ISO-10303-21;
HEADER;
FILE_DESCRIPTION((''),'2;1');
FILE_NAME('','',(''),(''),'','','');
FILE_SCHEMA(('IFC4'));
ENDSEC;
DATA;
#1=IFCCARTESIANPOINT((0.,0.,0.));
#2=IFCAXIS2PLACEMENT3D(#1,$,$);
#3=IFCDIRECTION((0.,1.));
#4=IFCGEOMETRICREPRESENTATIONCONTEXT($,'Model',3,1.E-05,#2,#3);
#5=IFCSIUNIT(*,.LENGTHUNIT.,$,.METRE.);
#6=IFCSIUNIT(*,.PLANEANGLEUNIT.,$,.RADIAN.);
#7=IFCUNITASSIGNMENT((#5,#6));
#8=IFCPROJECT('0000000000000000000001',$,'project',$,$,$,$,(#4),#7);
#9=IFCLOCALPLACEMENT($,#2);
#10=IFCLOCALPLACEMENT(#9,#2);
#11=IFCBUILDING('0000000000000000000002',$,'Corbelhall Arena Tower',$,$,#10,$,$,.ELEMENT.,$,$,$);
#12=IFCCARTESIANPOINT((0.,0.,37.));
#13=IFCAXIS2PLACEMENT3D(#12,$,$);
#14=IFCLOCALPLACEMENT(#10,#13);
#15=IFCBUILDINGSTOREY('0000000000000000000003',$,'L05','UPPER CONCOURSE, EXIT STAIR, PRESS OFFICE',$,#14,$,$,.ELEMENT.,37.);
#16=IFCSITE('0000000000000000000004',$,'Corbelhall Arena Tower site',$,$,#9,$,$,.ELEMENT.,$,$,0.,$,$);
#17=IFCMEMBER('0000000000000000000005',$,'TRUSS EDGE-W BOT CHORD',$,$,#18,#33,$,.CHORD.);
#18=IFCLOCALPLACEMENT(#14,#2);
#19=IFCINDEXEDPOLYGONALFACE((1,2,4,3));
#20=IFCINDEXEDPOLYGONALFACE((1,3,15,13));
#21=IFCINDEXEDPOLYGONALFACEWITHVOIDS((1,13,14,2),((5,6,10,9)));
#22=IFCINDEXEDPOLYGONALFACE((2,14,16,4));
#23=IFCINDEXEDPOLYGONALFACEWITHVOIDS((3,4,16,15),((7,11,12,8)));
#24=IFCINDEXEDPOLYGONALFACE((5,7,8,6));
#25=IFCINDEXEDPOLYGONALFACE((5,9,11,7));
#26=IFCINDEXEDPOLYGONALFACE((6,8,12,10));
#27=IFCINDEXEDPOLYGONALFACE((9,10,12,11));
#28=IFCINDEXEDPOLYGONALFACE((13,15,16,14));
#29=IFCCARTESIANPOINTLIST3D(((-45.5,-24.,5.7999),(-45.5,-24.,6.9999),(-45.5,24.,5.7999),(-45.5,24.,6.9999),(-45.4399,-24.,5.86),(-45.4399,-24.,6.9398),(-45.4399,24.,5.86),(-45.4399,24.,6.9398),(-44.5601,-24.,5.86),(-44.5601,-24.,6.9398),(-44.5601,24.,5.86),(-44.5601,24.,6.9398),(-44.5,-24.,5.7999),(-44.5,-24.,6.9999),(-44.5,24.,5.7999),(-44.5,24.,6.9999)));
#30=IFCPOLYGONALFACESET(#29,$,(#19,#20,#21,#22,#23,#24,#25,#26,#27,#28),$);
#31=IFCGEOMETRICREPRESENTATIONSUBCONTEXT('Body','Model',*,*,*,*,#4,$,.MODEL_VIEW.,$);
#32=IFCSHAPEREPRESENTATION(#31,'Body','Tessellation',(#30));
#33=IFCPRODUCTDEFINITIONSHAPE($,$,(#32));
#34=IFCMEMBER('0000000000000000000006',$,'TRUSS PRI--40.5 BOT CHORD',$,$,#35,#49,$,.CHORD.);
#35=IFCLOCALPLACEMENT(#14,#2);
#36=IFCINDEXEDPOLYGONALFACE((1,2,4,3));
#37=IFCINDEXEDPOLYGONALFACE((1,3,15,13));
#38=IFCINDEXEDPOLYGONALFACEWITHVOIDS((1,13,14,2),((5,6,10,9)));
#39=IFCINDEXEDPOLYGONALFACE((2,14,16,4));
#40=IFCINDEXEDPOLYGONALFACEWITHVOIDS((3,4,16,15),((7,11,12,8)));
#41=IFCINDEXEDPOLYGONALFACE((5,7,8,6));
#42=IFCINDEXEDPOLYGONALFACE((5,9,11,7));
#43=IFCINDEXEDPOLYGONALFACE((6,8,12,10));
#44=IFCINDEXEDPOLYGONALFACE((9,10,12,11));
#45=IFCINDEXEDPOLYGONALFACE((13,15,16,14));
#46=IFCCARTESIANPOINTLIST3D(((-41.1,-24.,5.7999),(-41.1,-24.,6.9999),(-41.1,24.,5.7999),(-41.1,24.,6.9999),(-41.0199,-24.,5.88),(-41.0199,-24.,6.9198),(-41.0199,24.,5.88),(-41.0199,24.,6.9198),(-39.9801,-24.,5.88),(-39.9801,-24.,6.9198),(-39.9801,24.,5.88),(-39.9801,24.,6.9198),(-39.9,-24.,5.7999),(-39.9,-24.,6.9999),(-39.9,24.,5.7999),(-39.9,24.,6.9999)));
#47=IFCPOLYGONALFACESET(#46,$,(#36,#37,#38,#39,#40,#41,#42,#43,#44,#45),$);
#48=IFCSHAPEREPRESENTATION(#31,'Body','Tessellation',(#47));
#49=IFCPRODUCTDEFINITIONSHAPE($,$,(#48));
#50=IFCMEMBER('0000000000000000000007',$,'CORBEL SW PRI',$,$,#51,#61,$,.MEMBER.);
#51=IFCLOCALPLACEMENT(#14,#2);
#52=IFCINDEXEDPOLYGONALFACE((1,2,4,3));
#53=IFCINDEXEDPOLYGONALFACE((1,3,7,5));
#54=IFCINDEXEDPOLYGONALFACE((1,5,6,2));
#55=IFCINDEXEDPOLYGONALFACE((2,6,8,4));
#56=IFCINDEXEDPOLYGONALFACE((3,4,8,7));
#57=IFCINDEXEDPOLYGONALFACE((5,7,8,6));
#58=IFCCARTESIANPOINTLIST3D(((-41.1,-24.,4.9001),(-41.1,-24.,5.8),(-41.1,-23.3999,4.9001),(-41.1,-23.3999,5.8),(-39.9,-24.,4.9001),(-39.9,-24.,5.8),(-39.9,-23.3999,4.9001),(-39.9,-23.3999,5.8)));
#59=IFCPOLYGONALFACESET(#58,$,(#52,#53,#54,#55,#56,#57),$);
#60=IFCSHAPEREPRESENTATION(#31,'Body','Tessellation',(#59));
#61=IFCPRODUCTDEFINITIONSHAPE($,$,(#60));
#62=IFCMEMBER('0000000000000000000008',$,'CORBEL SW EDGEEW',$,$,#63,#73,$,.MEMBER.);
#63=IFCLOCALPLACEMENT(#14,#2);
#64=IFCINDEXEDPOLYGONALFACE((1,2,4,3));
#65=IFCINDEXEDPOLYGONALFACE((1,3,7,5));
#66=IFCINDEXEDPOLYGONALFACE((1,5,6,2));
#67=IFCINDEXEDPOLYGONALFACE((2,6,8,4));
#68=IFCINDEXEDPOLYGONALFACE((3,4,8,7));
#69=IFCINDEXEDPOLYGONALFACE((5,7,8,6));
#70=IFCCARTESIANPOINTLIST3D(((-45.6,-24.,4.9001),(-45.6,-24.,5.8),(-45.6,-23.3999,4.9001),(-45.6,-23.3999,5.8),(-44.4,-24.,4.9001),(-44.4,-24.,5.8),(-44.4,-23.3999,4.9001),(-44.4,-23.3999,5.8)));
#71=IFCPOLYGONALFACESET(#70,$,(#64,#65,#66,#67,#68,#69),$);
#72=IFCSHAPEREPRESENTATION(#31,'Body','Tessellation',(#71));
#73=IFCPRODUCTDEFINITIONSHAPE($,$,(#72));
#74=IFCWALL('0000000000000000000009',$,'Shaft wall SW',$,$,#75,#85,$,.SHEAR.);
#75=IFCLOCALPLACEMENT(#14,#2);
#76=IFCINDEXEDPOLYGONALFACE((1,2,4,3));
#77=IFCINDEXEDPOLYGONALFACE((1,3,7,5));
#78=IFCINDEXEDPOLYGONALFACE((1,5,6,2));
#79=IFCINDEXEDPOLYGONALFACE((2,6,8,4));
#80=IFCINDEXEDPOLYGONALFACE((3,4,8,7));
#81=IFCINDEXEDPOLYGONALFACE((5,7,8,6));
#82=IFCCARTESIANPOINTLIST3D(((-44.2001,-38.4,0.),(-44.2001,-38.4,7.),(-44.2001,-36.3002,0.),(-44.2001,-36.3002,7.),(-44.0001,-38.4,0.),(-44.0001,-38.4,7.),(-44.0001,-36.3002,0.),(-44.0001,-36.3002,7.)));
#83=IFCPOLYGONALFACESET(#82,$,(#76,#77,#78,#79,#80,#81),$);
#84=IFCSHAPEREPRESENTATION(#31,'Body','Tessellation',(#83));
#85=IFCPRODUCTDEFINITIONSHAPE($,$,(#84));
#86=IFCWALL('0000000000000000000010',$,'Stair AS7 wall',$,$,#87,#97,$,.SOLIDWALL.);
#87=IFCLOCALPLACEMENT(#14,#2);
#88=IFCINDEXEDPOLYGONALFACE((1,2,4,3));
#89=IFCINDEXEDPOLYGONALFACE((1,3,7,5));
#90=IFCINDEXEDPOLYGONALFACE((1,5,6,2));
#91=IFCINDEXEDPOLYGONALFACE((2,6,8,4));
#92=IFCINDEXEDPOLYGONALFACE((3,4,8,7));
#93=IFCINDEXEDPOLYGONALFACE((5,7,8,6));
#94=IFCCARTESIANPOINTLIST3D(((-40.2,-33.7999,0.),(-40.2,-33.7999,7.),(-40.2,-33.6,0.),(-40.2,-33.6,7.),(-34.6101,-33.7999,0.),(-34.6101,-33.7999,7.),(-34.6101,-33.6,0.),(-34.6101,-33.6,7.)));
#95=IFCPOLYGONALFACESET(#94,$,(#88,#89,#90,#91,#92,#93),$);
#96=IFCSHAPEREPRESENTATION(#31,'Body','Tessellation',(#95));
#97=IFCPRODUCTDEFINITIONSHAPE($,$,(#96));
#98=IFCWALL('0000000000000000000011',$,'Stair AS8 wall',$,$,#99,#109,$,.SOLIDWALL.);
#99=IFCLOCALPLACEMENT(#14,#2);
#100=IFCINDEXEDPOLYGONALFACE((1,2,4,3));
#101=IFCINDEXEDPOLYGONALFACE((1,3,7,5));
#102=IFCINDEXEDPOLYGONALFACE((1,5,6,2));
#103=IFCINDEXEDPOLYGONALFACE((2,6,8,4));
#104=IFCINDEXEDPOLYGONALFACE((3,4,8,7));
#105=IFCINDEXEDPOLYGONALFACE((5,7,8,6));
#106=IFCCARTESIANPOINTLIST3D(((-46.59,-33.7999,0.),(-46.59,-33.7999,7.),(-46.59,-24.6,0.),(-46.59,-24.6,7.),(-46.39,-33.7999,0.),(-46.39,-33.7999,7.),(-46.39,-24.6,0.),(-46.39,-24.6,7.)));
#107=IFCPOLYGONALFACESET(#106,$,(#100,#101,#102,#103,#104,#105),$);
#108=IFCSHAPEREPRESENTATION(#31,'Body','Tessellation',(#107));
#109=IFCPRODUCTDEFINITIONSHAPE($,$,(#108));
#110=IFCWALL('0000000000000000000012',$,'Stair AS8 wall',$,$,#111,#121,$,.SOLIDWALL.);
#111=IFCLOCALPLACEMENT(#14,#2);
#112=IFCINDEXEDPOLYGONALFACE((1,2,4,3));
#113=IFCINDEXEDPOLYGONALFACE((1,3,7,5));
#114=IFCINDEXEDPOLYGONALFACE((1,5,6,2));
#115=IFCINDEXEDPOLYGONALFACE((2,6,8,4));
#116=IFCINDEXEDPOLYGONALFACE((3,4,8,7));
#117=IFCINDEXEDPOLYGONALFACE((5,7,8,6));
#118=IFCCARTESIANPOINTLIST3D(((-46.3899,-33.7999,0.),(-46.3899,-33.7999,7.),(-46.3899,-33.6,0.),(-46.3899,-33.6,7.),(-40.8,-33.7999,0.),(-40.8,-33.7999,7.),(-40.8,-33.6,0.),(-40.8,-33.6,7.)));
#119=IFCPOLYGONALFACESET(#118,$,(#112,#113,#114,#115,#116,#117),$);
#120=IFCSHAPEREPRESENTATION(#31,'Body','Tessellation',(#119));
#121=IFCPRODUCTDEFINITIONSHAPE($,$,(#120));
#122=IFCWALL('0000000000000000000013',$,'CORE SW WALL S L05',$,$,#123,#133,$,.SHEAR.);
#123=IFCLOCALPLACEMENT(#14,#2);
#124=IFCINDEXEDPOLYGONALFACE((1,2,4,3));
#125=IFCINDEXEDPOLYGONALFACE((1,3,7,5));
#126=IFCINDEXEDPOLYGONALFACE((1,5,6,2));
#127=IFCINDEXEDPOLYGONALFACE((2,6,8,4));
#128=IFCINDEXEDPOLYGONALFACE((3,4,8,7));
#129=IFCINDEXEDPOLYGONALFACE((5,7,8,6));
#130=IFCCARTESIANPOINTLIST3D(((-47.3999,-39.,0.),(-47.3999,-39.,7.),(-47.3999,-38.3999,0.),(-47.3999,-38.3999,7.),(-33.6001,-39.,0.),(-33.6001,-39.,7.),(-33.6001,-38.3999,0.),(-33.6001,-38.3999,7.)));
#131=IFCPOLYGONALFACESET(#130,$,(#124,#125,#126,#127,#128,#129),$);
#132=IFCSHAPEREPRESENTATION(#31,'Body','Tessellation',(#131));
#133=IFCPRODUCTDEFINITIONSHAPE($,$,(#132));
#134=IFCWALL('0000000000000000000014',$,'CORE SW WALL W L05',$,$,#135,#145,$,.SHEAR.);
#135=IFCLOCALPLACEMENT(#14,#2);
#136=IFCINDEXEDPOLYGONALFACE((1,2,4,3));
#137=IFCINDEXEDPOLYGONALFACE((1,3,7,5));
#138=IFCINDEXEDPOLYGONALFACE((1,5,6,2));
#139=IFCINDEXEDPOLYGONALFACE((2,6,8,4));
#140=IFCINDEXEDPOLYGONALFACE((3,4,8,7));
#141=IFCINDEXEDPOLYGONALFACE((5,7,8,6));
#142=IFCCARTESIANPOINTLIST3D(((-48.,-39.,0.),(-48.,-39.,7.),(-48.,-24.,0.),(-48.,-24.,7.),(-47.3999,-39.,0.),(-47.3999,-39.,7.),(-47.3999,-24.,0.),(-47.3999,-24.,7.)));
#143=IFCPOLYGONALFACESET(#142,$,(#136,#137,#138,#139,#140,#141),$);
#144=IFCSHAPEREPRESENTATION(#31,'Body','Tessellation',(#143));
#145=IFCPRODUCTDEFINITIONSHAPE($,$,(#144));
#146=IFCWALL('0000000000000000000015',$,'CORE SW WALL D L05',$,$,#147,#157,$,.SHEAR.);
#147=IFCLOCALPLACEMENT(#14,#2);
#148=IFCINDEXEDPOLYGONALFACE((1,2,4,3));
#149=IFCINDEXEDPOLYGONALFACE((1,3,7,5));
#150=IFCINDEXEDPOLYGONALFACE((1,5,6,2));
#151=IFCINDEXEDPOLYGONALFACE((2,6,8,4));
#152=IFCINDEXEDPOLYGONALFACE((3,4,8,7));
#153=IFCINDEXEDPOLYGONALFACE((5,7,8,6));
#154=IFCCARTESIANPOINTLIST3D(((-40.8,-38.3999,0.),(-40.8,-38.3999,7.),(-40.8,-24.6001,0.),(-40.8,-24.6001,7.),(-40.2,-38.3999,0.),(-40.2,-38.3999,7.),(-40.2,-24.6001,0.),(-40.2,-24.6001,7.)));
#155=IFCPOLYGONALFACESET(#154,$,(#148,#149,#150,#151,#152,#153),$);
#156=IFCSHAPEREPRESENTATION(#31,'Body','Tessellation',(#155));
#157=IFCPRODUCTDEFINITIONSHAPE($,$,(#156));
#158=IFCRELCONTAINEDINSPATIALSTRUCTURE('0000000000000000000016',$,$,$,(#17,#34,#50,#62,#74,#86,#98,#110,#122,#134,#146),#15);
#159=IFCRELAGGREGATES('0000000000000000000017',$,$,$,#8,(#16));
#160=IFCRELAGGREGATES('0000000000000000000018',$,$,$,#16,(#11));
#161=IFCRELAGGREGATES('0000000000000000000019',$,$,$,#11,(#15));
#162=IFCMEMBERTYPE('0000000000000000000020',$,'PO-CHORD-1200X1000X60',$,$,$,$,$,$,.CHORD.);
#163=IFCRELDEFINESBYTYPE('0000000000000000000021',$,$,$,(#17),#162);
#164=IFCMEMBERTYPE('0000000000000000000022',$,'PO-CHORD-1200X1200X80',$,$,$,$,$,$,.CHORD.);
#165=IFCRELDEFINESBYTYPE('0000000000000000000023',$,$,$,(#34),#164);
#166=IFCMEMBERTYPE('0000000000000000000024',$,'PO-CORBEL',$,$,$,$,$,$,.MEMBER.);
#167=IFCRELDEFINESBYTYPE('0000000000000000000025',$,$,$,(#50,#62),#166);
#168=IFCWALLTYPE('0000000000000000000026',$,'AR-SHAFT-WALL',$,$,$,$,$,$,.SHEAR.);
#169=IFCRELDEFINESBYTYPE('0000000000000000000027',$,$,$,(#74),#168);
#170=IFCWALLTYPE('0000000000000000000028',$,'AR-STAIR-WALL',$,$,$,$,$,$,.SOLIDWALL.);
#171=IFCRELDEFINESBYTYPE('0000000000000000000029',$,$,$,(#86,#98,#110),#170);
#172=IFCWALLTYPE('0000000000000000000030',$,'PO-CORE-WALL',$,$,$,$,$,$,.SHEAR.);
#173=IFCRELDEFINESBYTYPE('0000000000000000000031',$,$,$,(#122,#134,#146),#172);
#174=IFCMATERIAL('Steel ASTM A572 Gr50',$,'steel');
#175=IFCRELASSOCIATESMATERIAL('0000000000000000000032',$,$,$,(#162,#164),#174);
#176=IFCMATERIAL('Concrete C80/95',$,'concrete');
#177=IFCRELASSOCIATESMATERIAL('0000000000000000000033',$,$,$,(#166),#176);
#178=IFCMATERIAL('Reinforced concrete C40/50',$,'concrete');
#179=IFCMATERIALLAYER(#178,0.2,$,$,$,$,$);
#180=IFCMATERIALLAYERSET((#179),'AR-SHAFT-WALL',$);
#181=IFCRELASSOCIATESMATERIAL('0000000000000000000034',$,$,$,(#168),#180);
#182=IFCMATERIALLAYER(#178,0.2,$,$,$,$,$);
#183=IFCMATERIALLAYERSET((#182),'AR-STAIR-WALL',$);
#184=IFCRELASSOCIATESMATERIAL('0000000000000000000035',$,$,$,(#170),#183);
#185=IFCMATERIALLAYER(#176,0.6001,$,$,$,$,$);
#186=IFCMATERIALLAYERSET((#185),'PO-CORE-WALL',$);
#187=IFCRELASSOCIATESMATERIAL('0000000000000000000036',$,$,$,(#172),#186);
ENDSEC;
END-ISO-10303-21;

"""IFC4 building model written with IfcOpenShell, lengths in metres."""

from ifc_helpers import new_model, si_unit, direction, frame, frame_2d, origin, origin_2d, place, context, subcontext, project, spatial, rectangle, hollow_rectangle, extrude, material, layer, layer_set, material_profile, profile_set, type_object, element, save


model = new_model("IFC4")

# Units and contexts
model_context = context("Model", 3, precision=1e-05, world=origin(), true_north=direction((0.0, 1.0)))
body_context = subcontext(model_context, "Body", "Model", "MODEL_VIEW")
ifc_project = project(units=[si_unit("LENGTHUNIT", "METRE"), si_unit("PLANEANGLEUNIT", "RADIAN")], contexts=[model_context])

# Site, building, storey
site_placement = place(None, origin())
site = spatial("IfcSite", under=ifc_project, at=site_placement, Name="Corbelhall Arena Tower site", CompositionType="ELEMENT", RefElevation=0.0)
building_placement = place(site_placement, origin())
building = spatial("IfcBuilding", under=site, at=building_placement, Name="Corbelhall Arena Tower", CompositionType="ELEMENT")
storey_placement = place(building_placement, frame((0.0, 0.0, 37.0)))
storey = spatial("IfcBuildingStorey", under=building, at=storey_placement, Name="L05", Description="UPPER CONCOURSE, EXIT STAIR, PRESS OFFICE", CompositionType="ELEMENT", Elevation=37.0)

# Members
ifc_material_1 = material(Name="Steel ASTM A572 Gr50", Category="steel")
ifc_material_profile_1 = material_profile(ifc_material_1, hollow_rectangle(XDim=1.0, YDim=1.2, WallThickness=0.0601, at=origin_2d()))
ifc_profile_set_1 = profile_set([ifc_material_profile_1], Name="Steel ASTM A572 Gr50")
member_type_1 = type_object("IfcMemberType", Name="PO-CHORD-1200X1000X60", PredefinedType="CHORD", material=ifc_profile_set_1)
member_1_placement = place(storey_placement, frame((-45.0, -24.0, 6.3999), z_axis=(0.0, 1.0, 0.0), x_axis=(-1.0, 0.0, 0.0)))
element("IfcMember", 1, at=member_1_placement, inside=storey, type_object=member_type_1, Name="TRUSS EDGE-W BOT CHORD", PredefinedType="CHORD", context=body_context, shape_type="SweptSolid", body=[
    extrude(hollow_rectangle(XDim=1.0, YDim=1.2, WallThickness=0.0601, at=origin_2d()), origin(), (0.0, 0.0, 1.0), 48.0),
])
ifc_material_profile_2 = material_profile(ifc_material_1, hollow_rectangle(XDim=1.2, YDim=1.2, WallThickness=0.0801, at=origin_2d()))
ifc_profile_set_2 = profile_set([ifc_material_profile_2], Name="Steel ASTM A572 Gr50")
member_type_2 = type_object("IfcMemberType", Name="PO-CHORD-1200X1200X80", PredefinedType="CHORD", material=ifc_profile_set_2)
member_2_placement = place(storey_placement, frame((-40.5, -24.0, 6.3999), z_axis=(0.0, 1.0, 0.0), x_axis=(-1.0, 0.0, 0.0)))
element("IfcMember", 2, at=member_2_placement, inside=storey, type_object=member_type_2, Name="TRUSS PRI--40.5 BOT CHORD", PredefinedType="CHORD", context=body_context, shape_type="SweptSolid", body=[
    extrude(hollow_rectangle(XDim=1.2, YDim=1.2, WallThickness=0.0801, at=origin_2d()), origin(), (0.0, 0.0, 1.0), 48.0),
])
ifc_material_2 = material(Name="Concrete C80/95", Category="concrete")
ifc_material_profile_3 = material_profile(ifc_material_2, rectangle(XDim=1.2, YDim=0.8999, at=origin_2d()))
ifc_profile_set_3 = profile_set([ifc_material_profile_3], Name="Concrete C80/95")
member_type_3 = type_object("IfcMemberType", Name="PO-CORBEL", PredefinedType="MEMBER", material=ifc_profile_set_3)
for number, where, z_axis, x_axis, name in (
    (3, (-40.5, -24.0, 5.3501), (0.0, 1.0, 0.0), (-1.0, 0.0, 0.0), "CORBEL SW PRI"),
    (4, (-45.0, -24.0, 5.3501), (0.0, 1.0, 0.0), (-1.0, 0.0, 0.0), "CORBEL SW EDGEEW"),
):
    element("IfcMember", number, at=place(storey_placement, frame(where, z_axis=z_axis, x_axis=x_axis)), inside=storey, type_object=member_type_3, Name=name, PredefinedType="MEMBER", context=body_context, shape_type="SweptSolid", body=[
        extrude(rectangle(XDim=1.2, YDim=0.8999, at=origin_2d()), origin(), (0.0, 0.0, 1.0), 0.6001),
    ])

# Shared definitions
ifc_material_3 = material(Name="Reinforced concrete C40/50", Category="concrete")
ifc_layer_1 = layer(ifc_material_3, 0.2)
ifc_layer_set_1 = layer_set([ifc_layer_1], Name="AR-SHAFT-WALL")
wall_type_1 = type_object("IfcWallType", Name="AR-SHAFT-WALL", PredefinedType="SHEAR", material=ifc_layer_set_1)

# Walls
wall_1_placement = place(storey_placement, frame((-44.1001, -38.3999, 0.0), z_axis=(0.0, 0.0, 1.0), x_axis=(0.0, 1.0, 0.0)))
element("IfcWall", 5, at=wall_1_placement, inside=storey, type_object=wall_type_1, Name="Shaft wall SW", PredefinedType="SHEAR", context=body_context, shape_type="SweptSolid", body=[
    extrude(rectangle(XDim=2.0999, YDim=0.2, at=frame_2d((1.0498, 0.0))), origin(), (0.0, 0.0, 1.0), 7.0),
])
ifc_layer_2 = layer(ifc_material_3, 0.2)
ifc_layer_set_2 = layer_set([ifc_layer_2], Name="AR-STAIR-WALL")
wall_type_2 = type_object("IfcWallType", Name="AR-STAIR-WALL", PredefinedType="SOLIDWALL", material=ifc_layer_set_2)
wall_2_placement = place(storey_placement, frame((-40.2, -33.7, 0.0), z_axis=(0.0, 0.0, 1.0), x_axis=(1.0, 0.0, 0.0)))
element("IfcWall", 6, at=wall_2_placement, inside=storey, type_object=wall_type_2, Name="Stair AS7 wall", PredefinedType="SOLIDWALL", context=body_context, shape_type="SweptSolid", body=[
    extrude(rectangle(XDim=5.5898, YDim=0.2, at=frame_2d((2.7949, 0.0))), origin(), (0.0, 0.0, 1.0), 7.0),
])
wall_3_placement = place(storey_placement, frame((-46.49, -33.8, 0.0), z_axis=(0.0, 0.0, 1.0), x_axis=(0.0, 1.0, 0.0)))
element("IfcWall", 7, at=wall_3_placement, inside=storey, type_object=wall_type_2, Name="Stair AS8 wall", PredefinedType="SOLIDWALL", context=body_context, shape_type="SweptSolid", body=[
    extrude(rectangle(XDim=9.2, YDim=0.2, at=frame_2d((4.6001, 0.0))), origin(), (0.0, 0.0, 1.0), 7.0),
])
wall_4_placement = place(storey_placement, frame((-46.3899, -33.7, 0.0), z_axis=(0.0, 0.0, 1.0), x_axis=(1.0, 0.0, 0.0)))
element("IfcWall", 8, at=wall_4_placement, inside=storey, type_object=wall_type_2, Name="Stair AS8 wall", PredefinedType="SOLIDWALL", context=body_context, shape_type="SweptSolid", body=[
    extrude(rectangle(XDim=5.5898, YDim=0.2, at=frame_2d((2.7949, 0.0))), origin(), (0.0, 0.0, 1.0), 7.0),
])

# Shared definitions
ifc_layer_3 = layer(ifc_material_2, 0.6001)
ifc_layer_set_3 = layer_set([ifc_layer_3], Name="PO-CORE-WALL")
wall_type_3 = type_object("IfcWallType", Name="PO-CORE-WALL", PredefinedType="SHEAR", material=ifc_layer_set_3)

# Walls
wall_5_placement = place(storey_placement, frame((-47.3999, -38.7, 0.0), z_axis=(0.0, 0.0, 1.0), x_axis=(1.0, 0.0, 0.0)))
element("IfcWall", 9, at=wall_5_placement, inside=storey, type_object=wall_type_3, Name="CORE SW WALL S L05", PredefinedType="SHEAR", context=body_context, shape_type="SweptSolid", body=[
    extrude(rectangle(XDim=13.7998, YDim=0.6001, at=frame_2d((6.8999, 0.0))), origin(), (0.0, 0.0, 1.0), 7.0),
])
wall_6_placement = place(storey_placement, frame((-47.7, -39.0, 0.0), z_axis=(0.0, 0.0, 1.0), x_axis=(0.0, 1.0, 0.0)))
element("IfcWall", 10, at=wall_6_placement, inside=storey, type_object=wall_type_3, Name="CORE SW WALL W L05", PredefinedType="SHEAR", context=body_context, shape_type="SweptSolid", body=[
    extrude(rectangle(XDim=15.0, YDim=0.6001, at=frame_2d((7.5, 0.0))), origin(), (0.0, 0.0, 1.0), 7.0),
])
wall_7_placement = place(storey_placement, frame((-40.5, -38.3999, 0.0), z_axis=(0.0, 0.0, 1.0), x_axis=(0.0, 1.0, 0.0)))
element("IfcWall", 11, at=wall_7_placement, inside=storey, type_object=wall_type_3, Name="CORE SW WALL D L05", PredefinedType="SHEAR", context=body_context, shape_type="SweptSolid", body=[
    extrude(rectangle(XDim=13.7998, YDim=0.6001, at=frame_2d((6.8999, 0.0))), origin(), (0.0, 0.0, 1.0), 7.0),
])

save(model, "model.ifc")
